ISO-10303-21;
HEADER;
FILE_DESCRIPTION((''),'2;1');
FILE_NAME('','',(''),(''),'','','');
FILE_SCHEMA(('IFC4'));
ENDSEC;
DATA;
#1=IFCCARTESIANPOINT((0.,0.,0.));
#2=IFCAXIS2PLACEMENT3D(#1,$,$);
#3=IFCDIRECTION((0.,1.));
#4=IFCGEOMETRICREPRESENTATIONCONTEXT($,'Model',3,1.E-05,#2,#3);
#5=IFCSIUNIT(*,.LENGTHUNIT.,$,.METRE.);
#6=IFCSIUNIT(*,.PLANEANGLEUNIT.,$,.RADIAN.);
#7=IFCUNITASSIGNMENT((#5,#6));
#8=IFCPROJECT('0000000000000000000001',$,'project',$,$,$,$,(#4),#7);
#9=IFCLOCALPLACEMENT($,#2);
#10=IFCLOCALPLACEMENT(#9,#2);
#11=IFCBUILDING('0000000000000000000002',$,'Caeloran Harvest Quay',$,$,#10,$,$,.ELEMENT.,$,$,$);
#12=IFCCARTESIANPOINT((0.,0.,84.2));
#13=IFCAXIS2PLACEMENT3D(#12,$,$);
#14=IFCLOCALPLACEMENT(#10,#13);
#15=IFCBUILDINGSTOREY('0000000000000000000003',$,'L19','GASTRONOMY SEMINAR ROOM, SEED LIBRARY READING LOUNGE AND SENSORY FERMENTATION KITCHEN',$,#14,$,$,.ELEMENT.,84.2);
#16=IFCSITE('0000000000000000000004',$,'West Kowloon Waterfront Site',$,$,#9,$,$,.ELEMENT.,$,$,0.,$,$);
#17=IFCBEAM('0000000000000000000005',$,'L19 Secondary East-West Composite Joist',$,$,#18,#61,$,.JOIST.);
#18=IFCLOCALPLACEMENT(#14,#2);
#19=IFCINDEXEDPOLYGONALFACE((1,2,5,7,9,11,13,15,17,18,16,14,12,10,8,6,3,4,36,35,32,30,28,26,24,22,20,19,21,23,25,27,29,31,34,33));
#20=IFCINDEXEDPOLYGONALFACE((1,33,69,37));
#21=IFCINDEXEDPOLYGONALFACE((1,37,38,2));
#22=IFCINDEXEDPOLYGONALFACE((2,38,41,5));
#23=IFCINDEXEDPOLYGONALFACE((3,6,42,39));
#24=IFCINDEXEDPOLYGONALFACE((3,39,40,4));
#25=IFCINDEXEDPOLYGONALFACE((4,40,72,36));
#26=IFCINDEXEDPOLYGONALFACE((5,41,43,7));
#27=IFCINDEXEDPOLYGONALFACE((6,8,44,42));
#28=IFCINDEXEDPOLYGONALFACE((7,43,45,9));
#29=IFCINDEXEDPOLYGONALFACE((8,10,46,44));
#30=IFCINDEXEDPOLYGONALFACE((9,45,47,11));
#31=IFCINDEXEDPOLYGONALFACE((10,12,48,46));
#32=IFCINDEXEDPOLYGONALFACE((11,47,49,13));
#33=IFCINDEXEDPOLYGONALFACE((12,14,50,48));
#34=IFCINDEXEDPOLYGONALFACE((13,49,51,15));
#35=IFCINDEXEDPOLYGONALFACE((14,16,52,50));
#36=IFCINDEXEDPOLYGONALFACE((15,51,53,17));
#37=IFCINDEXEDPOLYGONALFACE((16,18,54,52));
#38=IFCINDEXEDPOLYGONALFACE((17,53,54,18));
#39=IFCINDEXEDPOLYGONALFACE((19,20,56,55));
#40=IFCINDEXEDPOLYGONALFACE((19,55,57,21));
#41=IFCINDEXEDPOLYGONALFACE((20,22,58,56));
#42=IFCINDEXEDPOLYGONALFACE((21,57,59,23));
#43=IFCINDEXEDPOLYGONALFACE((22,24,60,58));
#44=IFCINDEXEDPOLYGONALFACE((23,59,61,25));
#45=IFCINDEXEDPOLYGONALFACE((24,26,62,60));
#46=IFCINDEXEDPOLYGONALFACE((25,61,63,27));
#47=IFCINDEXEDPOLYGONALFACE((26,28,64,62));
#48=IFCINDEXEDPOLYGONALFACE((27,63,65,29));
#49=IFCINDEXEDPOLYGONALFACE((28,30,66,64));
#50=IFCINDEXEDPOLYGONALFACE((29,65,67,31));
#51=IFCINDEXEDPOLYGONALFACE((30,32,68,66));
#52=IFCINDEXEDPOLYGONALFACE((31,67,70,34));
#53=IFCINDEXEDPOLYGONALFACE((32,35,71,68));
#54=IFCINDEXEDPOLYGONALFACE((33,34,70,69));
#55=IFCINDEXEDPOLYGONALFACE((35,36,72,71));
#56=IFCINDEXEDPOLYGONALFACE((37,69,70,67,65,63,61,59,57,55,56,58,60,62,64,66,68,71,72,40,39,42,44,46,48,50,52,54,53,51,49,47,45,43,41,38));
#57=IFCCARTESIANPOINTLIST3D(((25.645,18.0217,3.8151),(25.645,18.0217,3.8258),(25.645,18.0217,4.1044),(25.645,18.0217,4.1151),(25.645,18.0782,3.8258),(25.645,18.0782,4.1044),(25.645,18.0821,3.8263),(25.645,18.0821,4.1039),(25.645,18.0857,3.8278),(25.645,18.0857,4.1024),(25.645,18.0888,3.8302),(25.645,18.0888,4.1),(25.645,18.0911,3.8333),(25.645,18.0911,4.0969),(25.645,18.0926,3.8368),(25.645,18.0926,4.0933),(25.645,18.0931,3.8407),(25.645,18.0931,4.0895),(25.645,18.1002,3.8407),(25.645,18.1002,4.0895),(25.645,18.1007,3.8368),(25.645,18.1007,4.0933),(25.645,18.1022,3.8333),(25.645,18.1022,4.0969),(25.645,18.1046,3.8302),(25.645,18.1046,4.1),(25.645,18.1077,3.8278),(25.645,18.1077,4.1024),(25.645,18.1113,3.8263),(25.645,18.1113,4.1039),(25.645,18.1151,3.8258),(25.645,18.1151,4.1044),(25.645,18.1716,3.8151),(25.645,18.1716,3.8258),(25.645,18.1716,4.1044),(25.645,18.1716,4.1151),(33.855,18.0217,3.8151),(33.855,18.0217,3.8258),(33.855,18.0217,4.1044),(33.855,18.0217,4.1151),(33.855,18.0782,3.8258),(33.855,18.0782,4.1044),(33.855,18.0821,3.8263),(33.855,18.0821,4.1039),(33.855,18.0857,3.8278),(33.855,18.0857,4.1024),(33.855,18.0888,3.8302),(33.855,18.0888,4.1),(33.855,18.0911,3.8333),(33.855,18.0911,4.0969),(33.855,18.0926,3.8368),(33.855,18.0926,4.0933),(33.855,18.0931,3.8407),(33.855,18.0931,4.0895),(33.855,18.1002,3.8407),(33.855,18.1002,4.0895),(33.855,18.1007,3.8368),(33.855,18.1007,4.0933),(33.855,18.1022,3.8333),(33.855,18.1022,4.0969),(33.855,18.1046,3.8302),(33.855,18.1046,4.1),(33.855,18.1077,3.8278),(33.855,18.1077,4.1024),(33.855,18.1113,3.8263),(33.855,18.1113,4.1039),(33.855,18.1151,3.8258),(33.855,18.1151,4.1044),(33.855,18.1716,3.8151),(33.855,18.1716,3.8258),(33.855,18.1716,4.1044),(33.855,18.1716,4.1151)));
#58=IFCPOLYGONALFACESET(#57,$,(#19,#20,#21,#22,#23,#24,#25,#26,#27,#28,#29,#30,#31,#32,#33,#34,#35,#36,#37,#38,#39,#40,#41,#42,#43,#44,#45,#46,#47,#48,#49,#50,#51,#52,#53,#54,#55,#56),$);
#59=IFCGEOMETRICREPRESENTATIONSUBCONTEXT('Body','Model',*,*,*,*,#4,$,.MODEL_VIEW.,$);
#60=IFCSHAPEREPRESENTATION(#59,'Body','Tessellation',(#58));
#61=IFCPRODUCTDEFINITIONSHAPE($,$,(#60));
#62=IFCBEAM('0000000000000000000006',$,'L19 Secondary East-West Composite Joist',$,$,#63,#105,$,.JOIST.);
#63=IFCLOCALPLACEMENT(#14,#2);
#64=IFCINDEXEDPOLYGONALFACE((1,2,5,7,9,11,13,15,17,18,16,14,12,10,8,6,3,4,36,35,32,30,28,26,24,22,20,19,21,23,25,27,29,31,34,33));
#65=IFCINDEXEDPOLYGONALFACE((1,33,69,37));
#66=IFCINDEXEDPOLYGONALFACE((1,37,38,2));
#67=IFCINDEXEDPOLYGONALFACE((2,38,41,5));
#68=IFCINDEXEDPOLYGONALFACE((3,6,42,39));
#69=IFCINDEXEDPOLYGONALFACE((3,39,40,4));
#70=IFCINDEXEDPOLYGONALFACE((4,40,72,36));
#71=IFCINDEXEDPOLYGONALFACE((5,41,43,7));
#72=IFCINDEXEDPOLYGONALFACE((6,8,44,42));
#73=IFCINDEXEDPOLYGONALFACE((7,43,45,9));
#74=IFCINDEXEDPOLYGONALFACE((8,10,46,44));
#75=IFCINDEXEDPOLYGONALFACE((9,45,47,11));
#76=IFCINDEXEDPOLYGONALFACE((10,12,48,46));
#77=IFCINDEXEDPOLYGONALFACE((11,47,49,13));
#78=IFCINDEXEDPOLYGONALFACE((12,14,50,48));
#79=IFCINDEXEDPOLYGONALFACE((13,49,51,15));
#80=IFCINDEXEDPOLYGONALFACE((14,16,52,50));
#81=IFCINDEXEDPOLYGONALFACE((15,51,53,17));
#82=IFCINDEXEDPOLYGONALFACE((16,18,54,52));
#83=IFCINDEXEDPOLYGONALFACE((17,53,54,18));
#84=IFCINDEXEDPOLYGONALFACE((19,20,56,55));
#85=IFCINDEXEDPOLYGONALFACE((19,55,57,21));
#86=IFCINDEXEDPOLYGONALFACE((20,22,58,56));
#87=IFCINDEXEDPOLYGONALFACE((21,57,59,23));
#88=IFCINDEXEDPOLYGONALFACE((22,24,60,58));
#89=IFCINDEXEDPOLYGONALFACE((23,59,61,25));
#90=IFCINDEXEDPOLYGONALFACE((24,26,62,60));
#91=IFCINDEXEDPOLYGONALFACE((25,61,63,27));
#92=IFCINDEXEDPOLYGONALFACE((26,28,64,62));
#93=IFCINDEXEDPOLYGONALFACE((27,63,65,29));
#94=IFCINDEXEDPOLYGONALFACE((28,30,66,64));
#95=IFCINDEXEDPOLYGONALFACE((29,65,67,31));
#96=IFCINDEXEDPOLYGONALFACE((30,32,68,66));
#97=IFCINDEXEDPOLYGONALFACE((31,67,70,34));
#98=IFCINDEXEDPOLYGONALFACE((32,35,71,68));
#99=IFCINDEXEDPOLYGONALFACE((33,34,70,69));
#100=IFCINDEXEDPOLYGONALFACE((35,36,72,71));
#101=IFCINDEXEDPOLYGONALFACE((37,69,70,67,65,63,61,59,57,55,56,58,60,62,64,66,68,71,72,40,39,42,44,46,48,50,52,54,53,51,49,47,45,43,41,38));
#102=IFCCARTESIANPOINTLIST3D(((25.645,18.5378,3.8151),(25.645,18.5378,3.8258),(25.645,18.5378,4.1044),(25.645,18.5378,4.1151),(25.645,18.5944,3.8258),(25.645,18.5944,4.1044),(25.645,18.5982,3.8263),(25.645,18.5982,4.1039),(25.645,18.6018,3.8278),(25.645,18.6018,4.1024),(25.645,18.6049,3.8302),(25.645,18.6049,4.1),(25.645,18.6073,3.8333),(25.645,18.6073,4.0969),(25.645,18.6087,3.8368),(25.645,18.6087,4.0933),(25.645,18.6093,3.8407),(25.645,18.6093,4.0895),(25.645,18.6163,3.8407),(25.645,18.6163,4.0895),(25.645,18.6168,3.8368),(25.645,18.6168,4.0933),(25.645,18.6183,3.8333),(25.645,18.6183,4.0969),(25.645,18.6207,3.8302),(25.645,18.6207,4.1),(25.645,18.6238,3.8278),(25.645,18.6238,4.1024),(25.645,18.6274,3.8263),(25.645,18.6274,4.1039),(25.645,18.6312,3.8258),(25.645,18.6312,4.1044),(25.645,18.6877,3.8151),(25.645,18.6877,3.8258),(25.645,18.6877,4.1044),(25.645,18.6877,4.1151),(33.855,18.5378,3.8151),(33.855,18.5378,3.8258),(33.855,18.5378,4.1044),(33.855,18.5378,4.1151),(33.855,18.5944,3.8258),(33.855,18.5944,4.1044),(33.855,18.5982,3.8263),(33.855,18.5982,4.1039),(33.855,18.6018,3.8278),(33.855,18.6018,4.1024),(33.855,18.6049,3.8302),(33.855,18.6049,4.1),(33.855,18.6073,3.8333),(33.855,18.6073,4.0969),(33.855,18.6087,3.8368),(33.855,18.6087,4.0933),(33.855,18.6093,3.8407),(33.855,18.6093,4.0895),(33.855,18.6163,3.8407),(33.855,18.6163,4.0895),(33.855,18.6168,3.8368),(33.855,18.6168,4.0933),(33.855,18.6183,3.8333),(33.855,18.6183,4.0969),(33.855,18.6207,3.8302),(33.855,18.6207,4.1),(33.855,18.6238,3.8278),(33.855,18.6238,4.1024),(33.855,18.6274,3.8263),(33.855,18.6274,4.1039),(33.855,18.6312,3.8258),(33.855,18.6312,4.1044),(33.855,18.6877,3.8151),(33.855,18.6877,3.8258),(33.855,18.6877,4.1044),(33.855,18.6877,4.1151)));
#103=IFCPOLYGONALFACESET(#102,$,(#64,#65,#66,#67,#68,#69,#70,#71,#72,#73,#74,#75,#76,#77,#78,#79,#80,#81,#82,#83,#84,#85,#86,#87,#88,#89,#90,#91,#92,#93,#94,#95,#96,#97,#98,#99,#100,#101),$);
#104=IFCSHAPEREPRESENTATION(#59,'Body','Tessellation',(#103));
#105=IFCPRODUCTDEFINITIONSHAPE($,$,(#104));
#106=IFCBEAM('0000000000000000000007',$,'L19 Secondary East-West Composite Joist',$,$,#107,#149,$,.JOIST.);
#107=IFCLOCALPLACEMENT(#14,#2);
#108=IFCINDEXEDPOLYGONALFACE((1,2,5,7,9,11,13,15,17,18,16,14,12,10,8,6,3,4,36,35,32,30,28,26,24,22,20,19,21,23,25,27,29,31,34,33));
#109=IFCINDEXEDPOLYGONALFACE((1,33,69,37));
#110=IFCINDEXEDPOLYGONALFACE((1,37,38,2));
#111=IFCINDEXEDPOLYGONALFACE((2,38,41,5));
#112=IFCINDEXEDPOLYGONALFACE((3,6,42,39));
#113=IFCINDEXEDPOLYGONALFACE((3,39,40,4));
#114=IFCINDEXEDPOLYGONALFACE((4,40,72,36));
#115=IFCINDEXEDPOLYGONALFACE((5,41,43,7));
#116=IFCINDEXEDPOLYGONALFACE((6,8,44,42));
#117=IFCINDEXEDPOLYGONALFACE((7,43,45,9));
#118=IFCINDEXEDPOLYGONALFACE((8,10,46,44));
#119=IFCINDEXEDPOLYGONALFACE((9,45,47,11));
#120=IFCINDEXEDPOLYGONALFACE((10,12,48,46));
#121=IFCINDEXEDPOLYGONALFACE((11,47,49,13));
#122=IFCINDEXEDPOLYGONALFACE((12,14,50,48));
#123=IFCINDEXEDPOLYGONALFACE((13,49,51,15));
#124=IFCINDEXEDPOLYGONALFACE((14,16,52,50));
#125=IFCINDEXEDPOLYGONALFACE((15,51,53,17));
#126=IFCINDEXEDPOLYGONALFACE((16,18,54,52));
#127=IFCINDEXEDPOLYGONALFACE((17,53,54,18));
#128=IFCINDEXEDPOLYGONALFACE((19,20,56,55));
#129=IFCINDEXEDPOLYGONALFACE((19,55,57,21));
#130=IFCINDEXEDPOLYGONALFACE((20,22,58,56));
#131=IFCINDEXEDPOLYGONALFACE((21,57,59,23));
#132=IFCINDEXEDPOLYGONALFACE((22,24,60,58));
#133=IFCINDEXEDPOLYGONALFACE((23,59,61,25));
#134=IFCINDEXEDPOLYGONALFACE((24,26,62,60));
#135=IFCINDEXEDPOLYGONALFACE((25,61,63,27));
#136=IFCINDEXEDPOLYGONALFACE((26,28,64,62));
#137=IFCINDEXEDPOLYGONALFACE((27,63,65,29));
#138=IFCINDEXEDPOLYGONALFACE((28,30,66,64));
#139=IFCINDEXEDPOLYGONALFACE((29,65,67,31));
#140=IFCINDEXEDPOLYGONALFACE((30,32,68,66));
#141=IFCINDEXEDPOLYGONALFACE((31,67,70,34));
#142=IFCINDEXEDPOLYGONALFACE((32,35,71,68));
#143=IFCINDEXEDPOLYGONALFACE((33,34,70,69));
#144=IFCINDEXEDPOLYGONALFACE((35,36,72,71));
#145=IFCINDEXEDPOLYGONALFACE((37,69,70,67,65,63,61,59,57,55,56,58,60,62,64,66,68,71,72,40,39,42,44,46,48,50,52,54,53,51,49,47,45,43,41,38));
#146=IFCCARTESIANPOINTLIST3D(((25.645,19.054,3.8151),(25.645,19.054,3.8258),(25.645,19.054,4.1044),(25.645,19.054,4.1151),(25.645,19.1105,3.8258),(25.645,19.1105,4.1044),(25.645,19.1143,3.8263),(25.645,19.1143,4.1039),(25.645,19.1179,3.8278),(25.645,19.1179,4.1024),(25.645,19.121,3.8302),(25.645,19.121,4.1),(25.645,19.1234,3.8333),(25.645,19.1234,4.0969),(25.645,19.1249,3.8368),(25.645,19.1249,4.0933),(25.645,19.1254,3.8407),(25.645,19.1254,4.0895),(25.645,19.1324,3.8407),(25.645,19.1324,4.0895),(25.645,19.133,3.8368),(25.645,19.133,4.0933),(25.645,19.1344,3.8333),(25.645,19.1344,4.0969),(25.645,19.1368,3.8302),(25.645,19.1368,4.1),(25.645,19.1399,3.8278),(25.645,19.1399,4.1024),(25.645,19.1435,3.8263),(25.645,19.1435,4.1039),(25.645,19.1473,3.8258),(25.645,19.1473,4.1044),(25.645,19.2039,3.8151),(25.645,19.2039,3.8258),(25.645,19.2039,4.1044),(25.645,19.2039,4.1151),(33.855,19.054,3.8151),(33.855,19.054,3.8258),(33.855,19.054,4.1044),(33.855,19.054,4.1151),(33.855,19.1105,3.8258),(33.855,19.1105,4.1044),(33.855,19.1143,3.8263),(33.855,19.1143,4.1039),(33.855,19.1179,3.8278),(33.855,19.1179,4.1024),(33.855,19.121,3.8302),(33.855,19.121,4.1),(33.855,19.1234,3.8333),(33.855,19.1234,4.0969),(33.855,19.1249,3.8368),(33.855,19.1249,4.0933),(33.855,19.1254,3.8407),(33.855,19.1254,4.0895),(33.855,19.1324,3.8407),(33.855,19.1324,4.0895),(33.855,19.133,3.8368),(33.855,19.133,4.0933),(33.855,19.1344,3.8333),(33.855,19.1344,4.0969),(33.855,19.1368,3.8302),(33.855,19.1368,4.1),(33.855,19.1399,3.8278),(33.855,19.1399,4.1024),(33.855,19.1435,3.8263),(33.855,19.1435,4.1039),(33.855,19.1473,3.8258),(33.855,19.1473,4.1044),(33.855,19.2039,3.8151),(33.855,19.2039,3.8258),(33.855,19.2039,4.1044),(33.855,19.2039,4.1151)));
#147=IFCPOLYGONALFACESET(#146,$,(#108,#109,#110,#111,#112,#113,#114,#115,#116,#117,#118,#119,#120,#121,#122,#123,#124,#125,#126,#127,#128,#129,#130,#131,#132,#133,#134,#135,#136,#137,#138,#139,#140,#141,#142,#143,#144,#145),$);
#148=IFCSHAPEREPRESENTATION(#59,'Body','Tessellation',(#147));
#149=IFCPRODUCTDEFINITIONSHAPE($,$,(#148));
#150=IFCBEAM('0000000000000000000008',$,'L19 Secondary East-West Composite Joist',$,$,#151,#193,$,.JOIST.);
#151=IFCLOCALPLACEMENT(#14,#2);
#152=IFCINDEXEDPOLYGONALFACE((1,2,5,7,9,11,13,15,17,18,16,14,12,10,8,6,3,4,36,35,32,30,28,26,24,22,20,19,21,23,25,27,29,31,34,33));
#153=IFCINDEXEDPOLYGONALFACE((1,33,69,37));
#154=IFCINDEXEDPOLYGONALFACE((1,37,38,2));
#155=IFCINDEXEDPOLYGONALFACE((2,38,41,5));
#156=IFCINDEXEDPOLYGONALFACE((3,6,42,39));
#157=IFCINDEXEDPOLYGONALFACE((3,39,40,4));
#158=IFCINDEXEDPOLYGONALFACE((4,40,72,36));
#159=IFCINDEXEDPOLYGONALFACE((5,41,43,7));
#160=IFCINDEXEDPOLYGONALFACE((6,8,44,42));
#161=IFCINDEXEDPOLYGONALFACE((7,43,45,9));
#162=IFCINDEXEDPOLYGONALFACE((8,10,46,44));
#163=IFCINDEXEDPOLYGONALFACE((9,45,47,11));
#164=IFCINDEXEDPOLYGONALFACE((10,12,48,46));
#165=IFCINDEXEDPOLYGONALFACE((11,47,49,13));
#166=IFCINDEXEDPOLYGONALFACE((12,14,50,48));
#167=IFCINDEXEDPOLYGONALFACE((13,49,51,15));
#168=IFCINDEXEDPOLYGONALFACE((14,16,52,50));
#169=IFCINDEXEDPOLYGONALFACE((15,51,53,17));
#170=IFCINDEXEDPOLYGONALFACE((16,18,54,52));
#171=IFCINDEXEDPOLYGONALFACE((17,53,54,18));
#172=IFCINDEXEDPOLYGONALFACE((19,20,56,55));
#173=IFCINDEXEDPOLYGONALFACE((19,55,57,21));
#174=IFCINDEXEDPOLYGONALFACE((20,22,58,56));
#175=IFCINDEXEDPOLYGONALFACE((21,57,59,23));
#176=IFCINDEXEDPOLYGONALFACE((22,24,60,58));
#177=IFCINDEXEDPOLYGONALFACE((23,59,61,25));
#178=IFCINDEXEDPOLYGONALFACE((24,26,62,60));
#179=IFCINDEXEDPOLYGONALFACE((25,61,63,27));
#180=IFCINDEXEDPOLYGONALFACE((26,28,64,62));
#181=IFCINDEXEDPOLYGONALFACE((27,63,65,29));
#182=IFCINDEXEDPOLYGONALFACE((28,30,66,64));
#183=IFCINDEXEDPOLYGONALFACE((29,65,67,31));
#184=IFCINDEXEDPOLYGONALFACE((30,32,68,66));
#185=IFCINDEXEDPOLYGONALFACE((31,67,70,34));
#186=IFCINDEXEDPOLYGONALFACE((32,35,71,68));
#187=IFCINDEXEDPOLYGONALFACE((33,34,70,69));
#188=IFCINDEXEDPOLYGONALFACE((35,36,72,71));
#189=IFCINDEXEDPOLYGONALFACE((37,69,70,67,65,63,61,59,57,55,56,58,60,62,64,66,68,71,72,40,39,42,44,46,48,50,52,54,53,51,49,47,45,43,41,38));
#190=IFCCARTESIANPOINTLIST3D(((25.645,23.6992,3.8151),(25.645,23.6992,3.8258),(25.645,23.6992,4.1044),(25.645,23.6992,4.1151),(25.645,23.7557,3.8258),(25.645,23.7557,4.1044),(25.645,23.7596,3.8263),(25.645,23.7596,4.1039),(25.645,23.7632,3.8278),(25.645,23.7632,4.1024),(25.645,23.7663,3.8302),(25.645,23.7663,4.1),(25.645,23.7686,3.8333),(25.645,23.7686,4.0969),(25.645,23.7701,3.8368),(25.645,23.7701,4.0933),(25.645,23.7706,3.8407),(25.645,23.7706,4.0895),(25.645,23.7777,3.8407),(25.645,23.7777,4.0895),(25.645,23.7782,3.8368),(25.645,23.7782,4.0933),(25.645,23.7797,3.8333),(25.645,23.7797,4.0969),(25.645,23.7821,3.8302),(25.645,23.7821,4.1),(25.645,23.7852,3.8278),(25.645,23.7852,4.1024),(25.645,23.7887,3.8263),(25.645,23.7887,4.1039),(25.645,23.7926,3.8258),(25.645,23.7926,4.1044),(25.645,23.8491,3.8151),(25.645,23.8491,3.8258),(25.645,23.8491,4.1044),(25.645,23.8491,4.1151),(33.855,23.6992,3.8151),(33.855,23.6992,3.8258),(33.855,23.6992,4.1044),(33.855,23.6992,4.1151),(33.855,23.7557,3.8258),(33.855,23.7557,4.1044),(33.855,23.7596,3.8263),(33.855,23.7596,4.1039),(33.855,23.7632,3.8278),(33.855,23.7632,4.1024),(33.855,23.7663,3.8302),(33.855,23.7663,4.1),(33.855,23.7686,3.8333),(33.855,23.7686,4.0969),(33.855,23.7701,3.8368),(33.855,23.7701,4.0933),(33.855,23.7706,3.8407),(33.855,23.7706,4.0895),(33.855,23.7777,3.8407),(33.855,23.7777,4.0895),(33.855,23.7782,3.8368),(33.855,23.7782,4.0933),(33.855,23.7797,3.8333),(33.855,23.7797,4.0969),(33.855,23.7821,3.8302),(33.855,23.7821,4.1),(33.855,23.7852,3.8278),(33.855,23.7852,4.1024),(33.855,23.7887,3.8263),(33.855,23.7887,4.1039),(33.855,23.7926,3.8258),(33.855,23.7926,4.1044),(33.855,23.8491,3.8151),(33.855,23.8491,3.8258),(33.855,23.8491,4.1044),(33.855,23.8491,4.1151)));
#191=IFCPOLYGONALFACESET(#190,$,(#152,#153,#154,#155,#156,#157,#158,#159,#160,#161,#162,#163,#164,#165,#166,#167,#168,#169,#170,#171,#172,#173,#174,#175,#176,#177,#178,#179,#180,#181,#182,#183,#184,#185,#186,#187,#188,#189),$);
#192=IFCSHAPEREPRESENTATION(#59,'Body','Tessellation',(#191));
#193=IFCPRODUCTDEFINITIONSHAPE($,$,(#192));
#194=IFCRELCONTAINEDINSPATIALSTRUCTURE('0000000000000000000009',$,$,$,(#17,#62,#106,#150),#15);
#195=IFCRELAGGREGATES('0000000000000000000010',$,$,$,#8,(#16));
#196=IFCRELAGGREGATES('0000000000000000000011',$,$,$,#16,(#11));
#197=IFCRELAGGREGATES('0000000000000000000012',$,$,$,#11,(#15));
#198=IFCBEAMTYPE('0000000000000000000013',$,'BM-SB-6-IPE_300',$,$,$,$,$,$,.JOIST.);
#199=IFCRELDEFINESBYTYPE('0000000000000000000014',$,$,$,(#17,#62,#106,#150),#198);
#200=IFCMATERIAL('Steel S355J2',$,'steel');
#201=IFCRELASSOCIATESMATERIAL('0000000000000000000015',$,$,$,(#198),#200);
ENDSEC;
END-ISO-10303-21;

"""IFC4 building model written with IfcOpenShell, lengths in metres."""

from ifc_helpers import new_model, si_unit, direction, frame, origin, origin_2d, place, context, subcontext, project, spatial, i_section, extrude, material, material_profile, profile_set, type_object, element, save


model = new_model("IFC4")

# Units and contexts
model_context = context("Model", 3, precision=1e-05, world=origin(), true_north=direction((0.0, 1.0)))
body_context = subcontext(model_context, "Body", "Model", "MODEL_VIEW")
ifc_project = project(units=[si_unit("LENGTHUNIT", "METRE"), si_unit("PLANEANGLEUNIT", "RADIAN")], contexts=[model_context])

# Site, building, storey
site_placement = place(None, origin())
site = spatial("IfcSite", under=ifc_project, at=site_placement, Name="West Kowloon Waterfront Site", CompositionType="ELEMENT", RefElevation=0.0)
building_placement = place(site_placement, origin())
building = spatial("IfcBuilding", under=site, at=building_placement, Name="Caeloran Harvest Quay", CompositionType="ELEMENT")
storey_placement = place(building_placement, frame((0.0, 0.0, 84.2)))
storey = spatial("IfcBuildingStorey", under=building, at=storey_placement, Name="L19", Description="GASTRONOMY SEMINAR ROOM, SEED LIBRARY READING LOUNGE AND SENSORY FERMENTATION KITCHEN", CompositionType="ELEMENT", Elevation=84.2)

# Beams
ifc_material_1 = material(Name="Steel S355J2", Category="steel")
ifc_material_profile_1 = material_profile(ifc_material_1, i_section(OverallWidth=0.1499, OverallDepth=0.3, WebThickness=0.0071, FlangeThickness=0.0107, FilletRadius=0.0149, at=origin_2d()), Name="IPE 300")
ifc_profile_set_1 = profile_set([ifc_material_profile_1], Name="Steel S355J2")
beam_type_1 = type_object("IfcBeamType", Name="BM-SB-6-IPE_300", PredefinedType="JOIST", material=ifc_profile_set_1)
for number, where, z_axis, x_axis, name in (
    (1, (25.645, 18.0967, 3.9651), (1.0, 0.0, 0.0), (0.0, 1.0, 0.0), "L19 Secondary East-West Composite Joist"),
    (2, (25.645, 18.6128, 3.9651), (1.0, 0.0, 0.0), (0.0, 1.0, 0.0), "L19 Secondary East-West Composite Joist"),
    (3, (25.645, 19.1289, 3.9651), (1.0, 0.0, 0.0), (0.0, 1.0, 0.0), "L19 Secondary East-West Composite Joist"),
    (4, (25.645, 23.7742, 3.9651), (1.0, 0.0, 0.0), (0.0, 1.0, 0.0), "L19 Secondary East-West Composite Joist"),
):
    element("IfcBeam", number, at=place(storey_placement, frame(where, z_axis=z_axis, x_axis=x_axis)), inside=storey, type_object=beam_type_1, Name=name, PredefinedType="JOIST", context=body_context, shape_type="SweptSolid", body=[
        extrude(i_section(OverallWidth=0.1499, OverallDepth=0.3, WebThickness=0.0071, FlangeThickness=0.0107, FilletRadius=0.0149, at=origin_2d()), origin(), (0.0, 0.0, 1.0), 8.21),
    ])

save(model, "model.ifc")
